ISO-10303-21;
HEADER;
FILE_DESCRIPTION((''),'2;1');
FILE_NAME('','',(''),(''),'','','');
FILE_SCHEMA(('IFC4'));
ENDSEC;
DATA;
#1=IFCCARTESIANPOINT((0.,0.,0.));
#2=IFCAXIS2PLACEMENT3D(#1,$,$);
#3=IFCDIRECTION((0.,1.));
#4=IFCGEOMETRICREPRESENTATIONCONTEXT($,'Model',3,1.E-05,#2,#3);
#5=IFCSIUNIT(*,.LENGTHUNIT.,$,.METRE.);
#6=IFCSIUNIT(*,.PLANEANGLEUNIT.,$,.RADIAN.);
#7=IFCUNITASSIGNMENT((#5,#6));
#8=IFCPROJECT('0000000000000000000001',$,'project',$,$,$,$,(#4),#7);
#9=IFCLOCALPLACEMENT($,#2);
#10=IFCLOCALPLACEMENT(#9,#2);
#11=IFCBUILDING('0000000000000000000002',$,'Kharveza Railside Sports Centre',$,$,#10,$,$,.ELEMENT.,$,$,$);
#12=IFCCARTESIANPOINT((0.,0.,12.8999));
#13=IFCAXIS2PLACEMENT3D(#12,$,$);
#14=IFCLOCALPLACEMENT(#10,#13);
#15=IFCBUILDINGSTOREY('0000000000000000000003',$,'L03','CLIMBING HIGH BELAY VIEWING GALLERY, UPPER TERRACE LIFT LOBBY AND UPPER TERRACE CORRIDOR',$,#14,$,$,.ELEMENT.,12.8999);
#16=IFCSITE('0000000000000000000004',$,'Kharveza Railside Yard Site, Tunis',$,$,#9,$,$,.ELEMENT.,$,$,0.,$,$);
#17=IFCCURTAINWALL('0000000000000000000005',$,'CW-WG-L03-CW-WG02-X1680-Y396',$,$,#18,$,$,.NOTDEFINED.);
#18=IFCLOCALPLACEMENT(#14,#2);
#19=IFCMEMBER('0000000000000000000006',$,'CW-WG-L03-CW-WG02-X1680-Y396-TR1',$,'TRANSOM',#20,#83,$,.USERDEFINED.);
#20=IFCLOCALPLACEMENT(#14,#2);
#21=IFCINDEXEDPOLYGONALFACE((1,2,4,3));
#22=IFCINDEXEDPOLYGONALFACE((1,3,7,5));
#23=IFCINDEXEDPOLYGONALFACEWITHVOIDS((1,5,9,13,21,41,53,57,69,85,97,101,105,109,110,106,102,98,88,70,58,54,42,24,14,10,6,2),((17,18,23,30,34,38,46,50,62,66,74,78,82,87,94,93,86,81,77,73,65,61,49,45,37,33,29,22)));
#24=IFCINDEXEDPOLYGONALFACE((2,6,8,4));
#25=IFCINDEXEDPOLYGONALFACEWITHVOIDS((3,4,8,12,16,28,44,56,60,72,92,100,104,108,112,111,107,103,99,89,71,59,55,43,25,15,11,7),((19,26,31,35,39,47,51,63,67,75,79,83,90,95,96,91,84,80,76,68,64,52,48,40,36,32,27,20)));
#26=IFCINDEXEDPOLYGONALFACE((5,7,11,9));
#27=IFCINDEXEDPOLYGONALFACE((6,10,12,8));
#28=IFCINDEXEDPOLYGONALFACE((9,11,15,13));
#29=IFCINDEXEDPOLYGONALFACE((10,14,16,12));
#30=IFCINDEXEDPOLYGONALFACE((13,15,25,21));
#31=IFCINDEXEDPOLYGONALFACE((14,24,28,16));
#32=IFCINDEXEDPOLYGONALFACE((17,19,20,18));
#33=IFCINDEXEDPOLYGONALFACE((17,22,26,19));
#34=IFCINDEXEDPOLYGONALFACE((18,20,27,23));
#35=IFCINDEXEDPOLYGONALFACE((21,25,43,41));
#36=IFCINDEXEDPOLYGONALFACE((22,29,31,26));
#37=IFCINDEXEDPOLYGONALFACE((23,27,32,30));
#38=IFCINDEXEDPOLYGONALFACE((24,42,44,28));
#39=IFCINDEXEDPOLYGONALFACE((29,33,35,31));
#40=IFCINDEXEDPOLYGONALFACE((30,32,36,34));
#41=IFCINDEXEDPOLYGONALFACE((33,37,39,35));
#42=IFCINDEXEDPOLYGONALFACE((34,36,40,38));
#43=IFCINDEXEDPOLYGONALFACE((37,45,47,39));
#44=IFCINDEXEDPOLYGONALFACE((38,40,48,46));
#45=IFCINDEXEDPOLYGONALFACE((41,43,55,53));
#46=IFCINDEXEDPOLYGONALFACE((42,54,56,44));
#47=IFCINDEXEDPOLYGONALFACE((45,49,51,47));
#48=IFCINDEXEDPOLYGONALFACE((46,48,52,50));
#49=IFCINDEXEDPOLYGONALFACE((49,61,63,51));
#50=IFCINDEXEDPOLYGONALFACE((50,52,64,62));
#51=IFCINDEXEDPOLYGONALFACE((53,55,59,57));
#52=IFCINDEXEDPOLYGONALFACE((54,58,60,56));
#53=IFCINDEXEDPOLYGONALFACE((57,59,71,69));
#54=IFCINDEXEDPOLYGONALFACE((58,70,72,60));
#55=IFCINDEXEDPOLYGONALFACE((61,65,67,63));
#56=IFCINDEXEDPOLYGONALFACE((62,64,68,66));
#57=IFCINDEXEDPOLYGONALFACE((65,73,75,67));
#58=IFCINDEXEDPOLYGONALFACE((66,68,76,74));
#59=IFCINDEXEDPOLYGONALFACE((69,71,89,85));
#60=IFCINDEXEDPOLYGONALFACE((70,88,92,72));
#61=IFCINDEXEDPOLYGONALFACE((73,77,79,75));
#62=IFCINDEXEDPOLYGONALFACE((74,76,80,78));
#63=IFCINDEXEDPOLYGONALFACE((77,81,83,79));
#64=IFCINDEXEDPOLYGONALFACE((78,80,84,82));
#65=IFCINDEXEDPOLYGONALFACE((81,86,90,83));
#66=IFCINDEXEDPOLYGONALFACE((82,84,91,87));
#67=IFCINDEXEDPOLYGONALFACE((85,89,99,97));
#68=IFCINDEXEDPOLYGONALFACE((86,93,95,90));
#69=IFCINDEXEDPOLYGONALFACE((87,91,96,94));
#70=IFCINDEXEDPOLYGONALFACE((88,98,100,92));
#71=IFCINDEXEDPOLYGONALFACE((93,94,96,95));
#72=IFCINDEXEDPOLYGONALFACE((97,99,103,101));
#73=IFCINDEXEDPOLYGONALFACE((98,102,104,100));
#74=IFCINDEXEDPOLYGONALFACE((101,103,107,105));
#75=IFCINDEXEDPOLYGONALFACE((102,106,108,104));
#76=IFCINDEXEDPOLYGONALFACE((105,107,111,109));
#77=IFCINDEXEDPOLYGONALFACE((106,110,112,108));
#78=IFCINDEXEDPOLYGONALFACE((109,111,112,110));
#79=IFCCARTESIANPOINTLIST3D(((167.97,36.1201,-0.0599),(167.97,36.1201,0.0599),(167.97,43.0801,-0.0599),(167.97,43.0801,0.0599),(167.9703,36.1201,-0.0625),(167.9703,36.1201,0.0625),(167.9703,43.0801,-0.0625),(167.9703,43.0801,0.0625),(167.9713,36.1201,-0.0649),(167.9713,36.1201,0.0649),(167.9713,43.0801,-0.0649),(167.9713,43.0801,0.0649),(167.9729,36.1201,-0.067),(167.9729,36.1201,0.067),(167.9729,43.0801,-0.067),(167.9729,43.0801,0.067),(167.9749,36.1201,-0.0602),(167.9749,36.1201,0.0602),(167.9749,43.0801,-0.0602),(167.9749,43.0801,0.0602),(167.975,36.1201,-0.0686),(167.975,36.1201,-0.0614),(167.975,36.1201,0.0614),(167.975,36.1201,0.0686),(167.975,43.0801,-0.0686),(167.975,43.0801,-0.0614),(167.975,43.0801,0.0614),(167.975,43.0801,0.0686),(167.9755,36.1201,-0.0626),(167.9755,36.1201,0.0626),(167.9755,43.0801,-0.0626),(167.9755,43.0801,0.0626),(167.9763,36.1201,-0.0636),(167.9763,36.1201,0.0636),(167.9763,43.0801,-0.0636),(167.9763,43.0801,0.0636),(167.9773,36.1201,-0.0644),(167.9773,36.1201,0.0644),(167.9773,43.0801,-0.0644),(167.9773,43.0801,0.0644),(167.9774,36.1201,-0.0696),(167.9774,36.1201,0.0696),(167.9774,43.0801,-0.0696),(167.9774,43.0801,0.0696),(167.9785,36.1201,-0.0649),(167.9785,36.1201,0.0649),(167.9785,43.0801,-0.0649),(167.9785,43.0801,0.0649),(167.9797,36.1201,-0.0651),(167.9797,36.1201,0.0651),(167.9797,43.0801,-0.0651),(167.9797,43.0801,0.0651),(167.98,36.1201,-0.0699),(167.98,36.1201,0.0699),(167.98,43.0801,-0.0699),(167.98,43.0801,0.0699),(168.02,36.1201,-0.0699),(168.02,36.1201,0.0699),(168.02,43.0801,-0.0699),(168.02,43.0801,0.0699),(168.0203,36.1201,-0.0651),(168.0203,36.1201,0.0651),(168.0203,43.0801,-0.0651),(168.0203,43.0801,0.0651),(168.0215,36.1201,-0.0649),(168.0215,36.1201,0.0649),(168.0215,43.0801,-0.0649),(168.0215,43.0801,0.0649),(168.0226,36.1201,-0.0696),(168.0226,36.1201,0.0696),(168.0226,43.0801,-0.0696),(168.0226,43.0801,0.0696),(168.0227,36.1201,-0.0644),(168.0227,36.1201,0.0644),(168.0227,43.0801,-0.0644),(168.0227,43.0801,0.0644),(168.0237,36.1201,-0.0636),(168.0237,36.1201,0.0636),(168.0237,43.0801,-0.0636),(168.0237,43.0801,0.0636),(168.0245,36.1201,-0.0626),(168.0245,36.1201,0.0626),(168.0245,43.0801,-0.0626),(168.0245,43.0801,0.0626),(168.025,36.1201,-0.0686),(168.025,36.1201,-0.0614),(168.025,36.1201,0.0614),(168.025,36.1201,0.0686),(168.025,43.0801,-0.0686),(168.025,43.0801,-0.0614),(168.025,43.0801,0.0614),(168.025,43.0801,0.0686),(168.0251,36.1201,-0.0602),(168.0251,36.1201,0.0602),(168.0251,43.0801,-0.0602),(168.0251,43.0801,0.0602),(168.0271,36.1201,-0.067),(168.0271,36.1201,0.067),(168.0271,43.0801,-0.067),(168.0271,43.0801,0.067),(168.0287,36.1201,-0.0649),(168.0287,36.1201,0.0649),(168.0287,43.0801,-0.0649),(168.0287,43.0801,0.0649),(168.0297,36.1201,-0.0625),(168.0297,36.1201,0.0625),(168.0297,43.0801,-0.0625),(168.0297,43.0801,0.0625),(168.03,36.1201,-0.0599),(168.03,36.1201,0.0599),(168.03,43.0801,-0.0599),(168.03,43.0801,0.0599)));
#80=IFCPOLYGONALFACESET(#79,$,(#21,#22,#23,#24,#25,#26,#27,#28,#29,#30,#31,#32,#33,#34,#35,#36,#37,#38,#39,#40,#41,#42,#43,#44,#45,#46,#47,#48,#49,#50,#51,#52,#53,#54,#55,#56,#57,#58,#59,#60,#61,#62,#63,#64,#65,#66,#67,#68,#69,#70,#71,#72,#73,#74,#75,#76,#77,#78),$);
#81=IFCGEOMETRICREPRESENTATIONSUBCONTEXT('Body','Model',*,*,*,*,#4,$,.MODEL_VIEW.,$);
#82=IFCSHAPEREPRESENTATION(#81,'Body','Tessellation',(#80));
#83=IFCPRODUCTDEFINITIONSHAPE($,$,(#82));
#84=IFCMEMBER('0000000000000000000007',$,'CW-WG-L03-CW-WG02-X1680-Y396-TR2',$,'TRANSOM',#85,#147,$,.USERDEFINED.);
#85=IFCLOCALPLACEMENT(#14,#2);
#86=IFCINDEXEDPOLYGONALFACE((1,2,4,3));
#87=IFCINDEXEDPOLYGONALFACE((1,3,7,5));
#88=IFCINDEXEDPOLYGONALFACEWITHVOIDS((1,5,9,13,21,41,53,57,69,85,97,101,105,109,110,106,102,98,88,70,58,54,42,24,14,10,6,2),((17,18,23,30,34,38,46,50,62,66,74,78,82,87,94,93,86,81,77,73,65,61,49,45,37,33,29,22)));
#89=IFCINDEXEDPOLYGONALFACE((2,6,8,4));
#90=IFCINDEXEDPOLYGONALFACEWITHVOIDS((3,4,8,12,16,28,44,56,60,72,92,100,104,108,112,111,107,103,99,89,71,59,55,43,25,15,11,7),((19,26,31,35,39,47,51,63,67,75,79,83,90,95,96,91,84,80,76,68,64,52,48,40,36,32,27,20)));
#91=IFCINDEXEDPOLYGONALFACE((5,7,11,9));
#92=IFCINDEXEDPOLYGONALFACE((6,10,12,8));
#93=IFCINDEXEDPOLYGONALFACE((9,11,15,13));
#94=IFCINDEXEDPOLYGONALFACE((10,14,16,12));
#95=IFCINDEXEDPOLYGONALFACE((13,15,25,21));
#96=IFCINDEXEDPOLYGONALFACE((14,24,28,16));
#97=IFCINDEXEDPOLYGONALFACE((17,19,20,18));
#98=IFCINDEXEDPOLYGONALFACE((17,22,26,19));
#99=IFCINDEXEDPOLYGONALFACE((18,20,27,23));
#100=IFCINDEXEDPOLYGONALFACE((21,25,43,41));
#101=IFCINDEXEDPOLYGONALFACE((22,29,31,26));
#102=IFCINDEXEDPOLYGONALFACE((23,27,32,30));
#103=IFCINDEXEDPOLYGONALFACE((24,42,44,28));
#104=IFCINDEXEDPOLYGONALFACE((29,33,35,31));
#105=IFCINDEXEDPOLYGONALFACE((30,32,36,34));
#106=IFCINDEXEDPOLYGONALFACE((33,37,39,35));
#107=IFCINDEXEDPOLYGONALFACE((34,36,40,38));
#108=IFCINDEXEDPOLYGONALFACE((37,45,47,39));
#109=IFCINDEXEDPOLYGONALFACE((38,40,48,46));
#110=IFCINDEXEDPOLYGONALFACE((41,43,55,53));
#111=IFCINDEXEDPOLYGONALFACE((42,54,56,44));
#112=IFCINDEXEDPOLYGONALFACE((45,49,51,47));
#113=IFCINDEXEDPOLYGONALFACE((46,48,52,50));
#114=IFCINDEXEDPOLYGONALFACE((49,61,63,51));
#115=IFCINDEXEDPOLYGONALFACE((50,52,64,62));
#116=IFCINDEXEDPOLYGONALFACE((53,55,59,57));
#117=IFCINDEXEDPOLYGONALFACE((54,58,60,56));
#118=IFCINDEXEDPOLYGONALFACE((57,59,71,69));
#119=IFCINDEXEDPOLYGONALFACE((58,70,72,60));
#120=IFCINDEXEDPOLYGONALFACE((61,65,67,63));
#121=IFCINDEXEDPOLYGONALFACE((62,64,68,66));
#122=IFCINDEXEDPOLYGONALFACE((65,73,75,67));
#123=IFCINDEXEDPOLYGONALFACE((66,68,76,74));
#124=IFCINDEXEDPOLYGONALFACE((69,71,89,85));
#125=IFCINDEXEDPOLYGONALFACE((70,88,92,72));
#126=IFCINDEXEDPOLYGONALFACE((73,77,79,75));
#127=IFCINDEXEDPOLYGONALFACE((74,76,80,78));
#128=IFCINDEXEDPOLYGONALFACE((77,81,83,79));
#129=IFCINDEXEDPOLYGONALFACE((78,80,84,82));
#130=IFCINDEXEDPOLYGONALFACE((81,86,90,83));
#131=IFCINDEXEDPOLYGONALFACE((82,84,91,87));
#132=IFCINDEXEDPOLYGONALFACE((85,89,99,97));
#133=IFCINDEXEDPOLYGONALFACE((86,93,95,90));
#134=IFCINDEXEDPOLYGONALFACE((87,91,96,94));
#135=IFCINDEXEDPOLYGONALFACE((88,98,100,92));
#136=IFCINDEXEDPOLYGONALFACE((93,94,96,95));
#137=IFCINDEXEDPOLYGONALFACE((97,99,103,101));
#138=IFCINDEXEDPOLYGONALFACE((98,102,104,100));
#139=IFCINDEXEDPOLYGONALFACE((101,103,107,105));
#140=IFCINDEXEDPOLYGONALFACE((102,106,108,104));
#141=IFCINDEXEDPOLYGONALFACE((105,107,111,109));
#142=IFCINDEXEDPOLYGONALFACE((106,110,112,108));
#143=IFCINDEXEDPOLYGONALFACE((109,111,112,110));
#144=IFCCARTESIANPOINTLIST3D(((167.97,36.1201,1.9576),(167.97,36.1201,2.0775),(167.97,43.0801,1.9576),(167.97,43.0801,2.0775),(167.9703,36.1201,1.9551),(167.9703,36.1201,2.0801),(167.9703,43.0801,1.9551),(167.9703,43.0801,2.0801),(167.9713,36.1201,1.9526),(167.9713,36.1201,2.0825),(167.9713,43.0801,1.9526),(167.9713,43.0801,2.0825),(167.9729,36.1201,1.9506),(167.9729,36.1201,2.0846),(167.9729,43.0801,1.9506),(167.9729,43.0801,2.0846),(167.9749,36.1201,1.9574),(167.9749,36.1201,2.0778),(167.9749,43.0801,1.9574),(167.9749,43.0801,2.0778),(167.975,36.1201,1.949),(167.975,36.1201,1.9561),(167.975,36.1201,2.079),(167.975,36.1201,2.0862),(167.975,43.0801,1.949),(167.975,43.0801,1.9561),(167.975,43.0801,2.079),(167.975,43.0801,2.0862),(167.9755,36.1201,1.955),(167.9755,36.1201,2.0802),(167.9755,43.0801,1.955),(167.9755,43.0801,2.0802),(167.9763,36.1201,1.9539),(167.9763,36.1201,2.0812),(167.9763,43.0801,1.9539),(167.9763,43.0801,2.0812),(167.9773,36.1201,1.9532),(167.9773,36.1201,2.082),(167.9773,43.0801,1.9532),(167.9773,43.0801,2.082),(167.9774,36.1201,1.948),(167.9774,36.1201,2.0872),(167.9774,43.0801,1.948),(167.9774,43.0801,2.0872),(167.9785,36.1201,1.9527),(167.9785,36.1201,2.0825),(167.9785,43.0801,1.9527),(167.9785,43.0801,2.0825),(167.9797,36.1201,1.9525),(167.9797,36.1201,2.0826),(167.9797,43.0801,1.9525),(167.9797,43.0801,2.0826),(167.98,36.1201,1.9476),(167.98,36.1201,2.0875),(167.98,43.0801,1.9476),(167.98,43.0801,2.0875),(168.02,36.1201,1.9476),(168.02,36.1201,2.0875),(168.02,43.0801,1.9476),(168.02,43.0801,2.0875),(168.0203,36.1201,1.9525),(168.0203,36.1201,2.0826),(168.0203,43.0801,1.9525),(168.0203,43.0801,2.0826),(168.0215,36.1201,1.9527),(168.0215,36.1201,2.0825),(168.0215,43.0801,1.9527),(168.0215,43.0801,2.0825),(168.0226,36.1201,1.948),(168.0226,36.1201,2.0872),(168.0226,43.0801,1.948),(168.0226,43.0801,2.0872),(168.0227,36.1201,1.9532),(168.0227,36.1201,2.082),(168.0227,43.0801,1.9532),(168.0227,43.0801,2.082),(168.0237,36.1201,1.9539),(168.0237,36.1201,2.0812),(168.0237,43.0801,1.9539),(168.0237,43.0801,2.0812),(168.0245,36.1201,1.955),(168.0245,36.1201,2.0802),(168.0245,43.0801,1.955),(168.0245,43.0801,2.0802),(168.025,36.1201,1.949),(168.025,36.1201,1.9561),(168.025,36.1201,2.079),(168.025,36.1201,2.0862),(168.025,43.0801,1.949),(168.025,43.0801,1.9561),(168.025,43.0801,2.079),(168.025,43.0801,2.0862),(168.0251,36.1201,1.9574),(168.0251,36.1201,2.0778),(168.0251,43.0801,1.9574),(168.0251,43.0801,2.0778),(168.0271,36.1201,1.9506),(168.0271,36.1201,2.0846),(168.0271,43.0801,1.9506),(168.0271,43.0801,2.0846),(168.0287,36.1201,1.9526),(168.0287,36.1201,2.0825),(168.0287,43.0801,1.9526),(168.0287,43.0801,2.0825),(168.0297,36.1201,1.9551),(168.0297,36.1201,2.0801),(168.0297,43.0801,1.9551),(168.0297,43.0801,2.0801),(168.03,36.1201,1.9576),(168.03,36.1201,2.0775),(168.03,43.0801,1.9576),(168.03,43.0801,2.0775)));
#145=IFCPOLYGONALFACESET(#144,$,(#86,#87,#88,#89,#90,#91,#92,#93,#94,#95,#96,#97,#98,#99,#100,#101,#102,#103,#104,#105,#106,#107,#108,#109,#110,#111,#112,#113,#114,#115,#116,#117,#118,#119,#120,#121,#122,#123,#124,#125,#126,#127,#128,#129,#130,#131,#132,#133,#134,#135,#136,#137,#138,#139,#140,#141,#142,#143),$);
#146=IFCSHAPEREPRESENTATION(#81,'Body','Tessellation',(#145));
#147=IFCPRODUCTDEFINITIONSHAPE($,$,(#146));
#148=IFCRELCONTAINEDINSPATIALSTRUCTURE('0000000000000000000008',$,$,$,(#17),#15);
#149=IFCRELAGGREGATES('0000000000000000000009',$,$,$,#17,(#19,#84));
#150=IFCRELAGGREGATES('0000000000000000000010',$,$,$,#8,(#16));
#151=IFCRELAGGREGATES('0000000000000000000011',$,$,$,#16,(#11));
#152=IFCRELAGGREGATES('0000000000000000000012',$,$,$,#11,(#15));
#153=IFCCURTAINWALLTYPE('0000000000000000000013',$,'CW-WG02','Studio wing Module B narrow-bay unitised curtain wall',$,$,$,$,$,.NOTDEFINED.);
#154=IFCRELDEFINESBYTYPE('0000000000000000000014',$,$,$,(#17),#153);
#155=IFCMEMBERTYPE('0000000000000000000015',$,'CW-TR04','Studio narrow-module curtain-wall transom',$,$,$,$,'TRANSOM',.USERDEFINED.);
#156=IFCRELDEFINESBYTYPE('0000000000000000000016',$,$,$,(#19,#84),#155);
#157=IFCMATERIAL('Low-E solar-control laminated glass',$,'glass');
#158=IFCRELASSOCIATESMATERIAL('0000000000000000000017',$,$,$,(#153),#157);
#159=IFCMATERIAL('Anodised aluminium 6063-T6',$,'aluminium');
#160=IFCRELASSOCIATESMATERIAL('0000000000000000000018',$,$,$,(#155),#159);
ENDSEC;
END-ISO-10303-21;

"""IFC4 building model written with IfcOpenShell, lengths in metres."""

from ifc_helpers import new_model, si_unit, direction, frame, origin, origin_2d, place, context, subcontext, project, spatial, hollow_rectangle, extrude, material, material_profile, profile_set, type_object, element, aggregate, save


model = new_model("IFC4")

# Units and contexts
model_context = context("Model", 3, precision=1e-05, world=origin(), true_north=direction((0.0, 1.0)))
body_context = subcontext(model_context, "Body", "Model", "MODEL_VIEW")
ifc_project = project(units=[si_unit("LENGTHUNIT", "METRE"), si_unit("PLANEANGLEUNIT", "RADIAN")], contexts=[model_context])

# Site, building, storey
site_placement = place(None, origin())
site = spatial("IfcSite", under=ifc_project, at=site_placement, Name="Kharveza Railside Yard Site, Tunis", CompositionType="ELEMENT", RefElevation=0.0)
building_placement = place(site_placement, origin())
building = spatial("IfcBuilding", under=site, at=building_placement, Name="Kharveza Railside Sports Centre", CompositionType="ELEMENT")
storey_placement = place(building_placement, frame((0.0, 0.0, 12.8999)))
storey = spatial("IfcBuildingStorey", under=building, at=storey_placement, Name="L03", Description="CLIMBING HIGH BELAY VIEWING GALLERY, UPPER TERRACE LIFT LOBBY AND UPPER TERRACE CORRIDOR", CompositionType="ELEMENT", Elevation=12.8999)

# Curtain wall
ifc_material_1 = material(Name="Low-E solar-control laminated glass", Category="glass")
curtain_wall_type = type_object("IfcCurtainWallType", Name="CW-WG02", Description="Studio wing Module B narrow-bay unitised curtain wall", PredefinedType="NOTDEFINED", material=ifc_material_1)
ifc_material_2 = material(Name="Anodised aluminium 6063-T6", Category="aluminium")
curtain_wall_1_placement = place(storey_placement, origin())
curtain_wall_1 = element("IfcCurtainWall", 1, at=curtain_wall_1_placement, inside=storey, type_object=curtain_wall_type, Name="CW-WG-L03-CW-WG02-X1680-Y396", PredefinedType="NOTDEFINED")

# Members
ifc_material_profile_1 = material_profile(ifc_material_2, hollow_rectangle(XDim=0.0601, YDim=0.1399, WallThickness=0.0049, InnerFilletRadius=0.0049, OuterFilletRadius=0.01, at=origin_2d()), Name="RHS 60x140x5.0")
ifc_profile_set_1 = profile_set([ifc_material_profile_1], Name="Anodised aluminium 6063-T6")
member_type_1 = type_object("IfcMemberType", Name="CW-TR04", Description="Studio narrow-module curtain-wall transom", ElementType="TRANSOM", PredefinedType="USERDEFINED", material=ifc_profile_set_1)
member_1_placement = place(storey_placement, frame((168.0, 36.1201, 0.0), z_axis=(0.0, 1.0, 0.0), x_axis=(-1.0, 0.0, 0.0)))
member_1 = element("IfcMember", 2, at=member_1_placement, type_object=member_type_1, Name="CW-WG-L03-CW-WG02-X1680-Y396-TR1", ObjectType="TRANSOM", PredefinedType="USERDEFINED", context=body_context, shape_type="SweptSolid", body=[
    extrude(hollow_rectangle(XDim=0.0601, YDim=0.1399, WallThickness=0.0049, InnerFilletRadius=0.0049, OuterFilletRadius=0.01, at=origin_2d()), origin(), (0.0, 0.0, 1.0), 6.96),
])
member_2_placement = place(storey_placement, frame((168.0, 36.1201, 2.0176), z_axis=(0.0, 1.0, 0.0), x_axis=(-1.0, 0.0, 0.0)))
member_2 = element("IfcMember", 3, at=member_2_placement, type_object=member_type_1, Name="CW-WG-L03-CW-WG02-X1680-Y396-TR2", ObjectType="TRANSOM", PredefinedType="USERDEFINED", context=body_context, shape_type="SweptSolid", body=[
    extrude(hollow_rectangle(XDim=0.0601, YDim=0.1399, WallThickness=0.0049, InnerFilletRadius=0.0049, OuterFilletRadius=0.01, at=origin_2d()), origin(), (0.0, 0.0, 1.0), 6.96),
])

aggregate(curtain_wall_1, [member_1, member_2])

save(model, "model.ifc")
